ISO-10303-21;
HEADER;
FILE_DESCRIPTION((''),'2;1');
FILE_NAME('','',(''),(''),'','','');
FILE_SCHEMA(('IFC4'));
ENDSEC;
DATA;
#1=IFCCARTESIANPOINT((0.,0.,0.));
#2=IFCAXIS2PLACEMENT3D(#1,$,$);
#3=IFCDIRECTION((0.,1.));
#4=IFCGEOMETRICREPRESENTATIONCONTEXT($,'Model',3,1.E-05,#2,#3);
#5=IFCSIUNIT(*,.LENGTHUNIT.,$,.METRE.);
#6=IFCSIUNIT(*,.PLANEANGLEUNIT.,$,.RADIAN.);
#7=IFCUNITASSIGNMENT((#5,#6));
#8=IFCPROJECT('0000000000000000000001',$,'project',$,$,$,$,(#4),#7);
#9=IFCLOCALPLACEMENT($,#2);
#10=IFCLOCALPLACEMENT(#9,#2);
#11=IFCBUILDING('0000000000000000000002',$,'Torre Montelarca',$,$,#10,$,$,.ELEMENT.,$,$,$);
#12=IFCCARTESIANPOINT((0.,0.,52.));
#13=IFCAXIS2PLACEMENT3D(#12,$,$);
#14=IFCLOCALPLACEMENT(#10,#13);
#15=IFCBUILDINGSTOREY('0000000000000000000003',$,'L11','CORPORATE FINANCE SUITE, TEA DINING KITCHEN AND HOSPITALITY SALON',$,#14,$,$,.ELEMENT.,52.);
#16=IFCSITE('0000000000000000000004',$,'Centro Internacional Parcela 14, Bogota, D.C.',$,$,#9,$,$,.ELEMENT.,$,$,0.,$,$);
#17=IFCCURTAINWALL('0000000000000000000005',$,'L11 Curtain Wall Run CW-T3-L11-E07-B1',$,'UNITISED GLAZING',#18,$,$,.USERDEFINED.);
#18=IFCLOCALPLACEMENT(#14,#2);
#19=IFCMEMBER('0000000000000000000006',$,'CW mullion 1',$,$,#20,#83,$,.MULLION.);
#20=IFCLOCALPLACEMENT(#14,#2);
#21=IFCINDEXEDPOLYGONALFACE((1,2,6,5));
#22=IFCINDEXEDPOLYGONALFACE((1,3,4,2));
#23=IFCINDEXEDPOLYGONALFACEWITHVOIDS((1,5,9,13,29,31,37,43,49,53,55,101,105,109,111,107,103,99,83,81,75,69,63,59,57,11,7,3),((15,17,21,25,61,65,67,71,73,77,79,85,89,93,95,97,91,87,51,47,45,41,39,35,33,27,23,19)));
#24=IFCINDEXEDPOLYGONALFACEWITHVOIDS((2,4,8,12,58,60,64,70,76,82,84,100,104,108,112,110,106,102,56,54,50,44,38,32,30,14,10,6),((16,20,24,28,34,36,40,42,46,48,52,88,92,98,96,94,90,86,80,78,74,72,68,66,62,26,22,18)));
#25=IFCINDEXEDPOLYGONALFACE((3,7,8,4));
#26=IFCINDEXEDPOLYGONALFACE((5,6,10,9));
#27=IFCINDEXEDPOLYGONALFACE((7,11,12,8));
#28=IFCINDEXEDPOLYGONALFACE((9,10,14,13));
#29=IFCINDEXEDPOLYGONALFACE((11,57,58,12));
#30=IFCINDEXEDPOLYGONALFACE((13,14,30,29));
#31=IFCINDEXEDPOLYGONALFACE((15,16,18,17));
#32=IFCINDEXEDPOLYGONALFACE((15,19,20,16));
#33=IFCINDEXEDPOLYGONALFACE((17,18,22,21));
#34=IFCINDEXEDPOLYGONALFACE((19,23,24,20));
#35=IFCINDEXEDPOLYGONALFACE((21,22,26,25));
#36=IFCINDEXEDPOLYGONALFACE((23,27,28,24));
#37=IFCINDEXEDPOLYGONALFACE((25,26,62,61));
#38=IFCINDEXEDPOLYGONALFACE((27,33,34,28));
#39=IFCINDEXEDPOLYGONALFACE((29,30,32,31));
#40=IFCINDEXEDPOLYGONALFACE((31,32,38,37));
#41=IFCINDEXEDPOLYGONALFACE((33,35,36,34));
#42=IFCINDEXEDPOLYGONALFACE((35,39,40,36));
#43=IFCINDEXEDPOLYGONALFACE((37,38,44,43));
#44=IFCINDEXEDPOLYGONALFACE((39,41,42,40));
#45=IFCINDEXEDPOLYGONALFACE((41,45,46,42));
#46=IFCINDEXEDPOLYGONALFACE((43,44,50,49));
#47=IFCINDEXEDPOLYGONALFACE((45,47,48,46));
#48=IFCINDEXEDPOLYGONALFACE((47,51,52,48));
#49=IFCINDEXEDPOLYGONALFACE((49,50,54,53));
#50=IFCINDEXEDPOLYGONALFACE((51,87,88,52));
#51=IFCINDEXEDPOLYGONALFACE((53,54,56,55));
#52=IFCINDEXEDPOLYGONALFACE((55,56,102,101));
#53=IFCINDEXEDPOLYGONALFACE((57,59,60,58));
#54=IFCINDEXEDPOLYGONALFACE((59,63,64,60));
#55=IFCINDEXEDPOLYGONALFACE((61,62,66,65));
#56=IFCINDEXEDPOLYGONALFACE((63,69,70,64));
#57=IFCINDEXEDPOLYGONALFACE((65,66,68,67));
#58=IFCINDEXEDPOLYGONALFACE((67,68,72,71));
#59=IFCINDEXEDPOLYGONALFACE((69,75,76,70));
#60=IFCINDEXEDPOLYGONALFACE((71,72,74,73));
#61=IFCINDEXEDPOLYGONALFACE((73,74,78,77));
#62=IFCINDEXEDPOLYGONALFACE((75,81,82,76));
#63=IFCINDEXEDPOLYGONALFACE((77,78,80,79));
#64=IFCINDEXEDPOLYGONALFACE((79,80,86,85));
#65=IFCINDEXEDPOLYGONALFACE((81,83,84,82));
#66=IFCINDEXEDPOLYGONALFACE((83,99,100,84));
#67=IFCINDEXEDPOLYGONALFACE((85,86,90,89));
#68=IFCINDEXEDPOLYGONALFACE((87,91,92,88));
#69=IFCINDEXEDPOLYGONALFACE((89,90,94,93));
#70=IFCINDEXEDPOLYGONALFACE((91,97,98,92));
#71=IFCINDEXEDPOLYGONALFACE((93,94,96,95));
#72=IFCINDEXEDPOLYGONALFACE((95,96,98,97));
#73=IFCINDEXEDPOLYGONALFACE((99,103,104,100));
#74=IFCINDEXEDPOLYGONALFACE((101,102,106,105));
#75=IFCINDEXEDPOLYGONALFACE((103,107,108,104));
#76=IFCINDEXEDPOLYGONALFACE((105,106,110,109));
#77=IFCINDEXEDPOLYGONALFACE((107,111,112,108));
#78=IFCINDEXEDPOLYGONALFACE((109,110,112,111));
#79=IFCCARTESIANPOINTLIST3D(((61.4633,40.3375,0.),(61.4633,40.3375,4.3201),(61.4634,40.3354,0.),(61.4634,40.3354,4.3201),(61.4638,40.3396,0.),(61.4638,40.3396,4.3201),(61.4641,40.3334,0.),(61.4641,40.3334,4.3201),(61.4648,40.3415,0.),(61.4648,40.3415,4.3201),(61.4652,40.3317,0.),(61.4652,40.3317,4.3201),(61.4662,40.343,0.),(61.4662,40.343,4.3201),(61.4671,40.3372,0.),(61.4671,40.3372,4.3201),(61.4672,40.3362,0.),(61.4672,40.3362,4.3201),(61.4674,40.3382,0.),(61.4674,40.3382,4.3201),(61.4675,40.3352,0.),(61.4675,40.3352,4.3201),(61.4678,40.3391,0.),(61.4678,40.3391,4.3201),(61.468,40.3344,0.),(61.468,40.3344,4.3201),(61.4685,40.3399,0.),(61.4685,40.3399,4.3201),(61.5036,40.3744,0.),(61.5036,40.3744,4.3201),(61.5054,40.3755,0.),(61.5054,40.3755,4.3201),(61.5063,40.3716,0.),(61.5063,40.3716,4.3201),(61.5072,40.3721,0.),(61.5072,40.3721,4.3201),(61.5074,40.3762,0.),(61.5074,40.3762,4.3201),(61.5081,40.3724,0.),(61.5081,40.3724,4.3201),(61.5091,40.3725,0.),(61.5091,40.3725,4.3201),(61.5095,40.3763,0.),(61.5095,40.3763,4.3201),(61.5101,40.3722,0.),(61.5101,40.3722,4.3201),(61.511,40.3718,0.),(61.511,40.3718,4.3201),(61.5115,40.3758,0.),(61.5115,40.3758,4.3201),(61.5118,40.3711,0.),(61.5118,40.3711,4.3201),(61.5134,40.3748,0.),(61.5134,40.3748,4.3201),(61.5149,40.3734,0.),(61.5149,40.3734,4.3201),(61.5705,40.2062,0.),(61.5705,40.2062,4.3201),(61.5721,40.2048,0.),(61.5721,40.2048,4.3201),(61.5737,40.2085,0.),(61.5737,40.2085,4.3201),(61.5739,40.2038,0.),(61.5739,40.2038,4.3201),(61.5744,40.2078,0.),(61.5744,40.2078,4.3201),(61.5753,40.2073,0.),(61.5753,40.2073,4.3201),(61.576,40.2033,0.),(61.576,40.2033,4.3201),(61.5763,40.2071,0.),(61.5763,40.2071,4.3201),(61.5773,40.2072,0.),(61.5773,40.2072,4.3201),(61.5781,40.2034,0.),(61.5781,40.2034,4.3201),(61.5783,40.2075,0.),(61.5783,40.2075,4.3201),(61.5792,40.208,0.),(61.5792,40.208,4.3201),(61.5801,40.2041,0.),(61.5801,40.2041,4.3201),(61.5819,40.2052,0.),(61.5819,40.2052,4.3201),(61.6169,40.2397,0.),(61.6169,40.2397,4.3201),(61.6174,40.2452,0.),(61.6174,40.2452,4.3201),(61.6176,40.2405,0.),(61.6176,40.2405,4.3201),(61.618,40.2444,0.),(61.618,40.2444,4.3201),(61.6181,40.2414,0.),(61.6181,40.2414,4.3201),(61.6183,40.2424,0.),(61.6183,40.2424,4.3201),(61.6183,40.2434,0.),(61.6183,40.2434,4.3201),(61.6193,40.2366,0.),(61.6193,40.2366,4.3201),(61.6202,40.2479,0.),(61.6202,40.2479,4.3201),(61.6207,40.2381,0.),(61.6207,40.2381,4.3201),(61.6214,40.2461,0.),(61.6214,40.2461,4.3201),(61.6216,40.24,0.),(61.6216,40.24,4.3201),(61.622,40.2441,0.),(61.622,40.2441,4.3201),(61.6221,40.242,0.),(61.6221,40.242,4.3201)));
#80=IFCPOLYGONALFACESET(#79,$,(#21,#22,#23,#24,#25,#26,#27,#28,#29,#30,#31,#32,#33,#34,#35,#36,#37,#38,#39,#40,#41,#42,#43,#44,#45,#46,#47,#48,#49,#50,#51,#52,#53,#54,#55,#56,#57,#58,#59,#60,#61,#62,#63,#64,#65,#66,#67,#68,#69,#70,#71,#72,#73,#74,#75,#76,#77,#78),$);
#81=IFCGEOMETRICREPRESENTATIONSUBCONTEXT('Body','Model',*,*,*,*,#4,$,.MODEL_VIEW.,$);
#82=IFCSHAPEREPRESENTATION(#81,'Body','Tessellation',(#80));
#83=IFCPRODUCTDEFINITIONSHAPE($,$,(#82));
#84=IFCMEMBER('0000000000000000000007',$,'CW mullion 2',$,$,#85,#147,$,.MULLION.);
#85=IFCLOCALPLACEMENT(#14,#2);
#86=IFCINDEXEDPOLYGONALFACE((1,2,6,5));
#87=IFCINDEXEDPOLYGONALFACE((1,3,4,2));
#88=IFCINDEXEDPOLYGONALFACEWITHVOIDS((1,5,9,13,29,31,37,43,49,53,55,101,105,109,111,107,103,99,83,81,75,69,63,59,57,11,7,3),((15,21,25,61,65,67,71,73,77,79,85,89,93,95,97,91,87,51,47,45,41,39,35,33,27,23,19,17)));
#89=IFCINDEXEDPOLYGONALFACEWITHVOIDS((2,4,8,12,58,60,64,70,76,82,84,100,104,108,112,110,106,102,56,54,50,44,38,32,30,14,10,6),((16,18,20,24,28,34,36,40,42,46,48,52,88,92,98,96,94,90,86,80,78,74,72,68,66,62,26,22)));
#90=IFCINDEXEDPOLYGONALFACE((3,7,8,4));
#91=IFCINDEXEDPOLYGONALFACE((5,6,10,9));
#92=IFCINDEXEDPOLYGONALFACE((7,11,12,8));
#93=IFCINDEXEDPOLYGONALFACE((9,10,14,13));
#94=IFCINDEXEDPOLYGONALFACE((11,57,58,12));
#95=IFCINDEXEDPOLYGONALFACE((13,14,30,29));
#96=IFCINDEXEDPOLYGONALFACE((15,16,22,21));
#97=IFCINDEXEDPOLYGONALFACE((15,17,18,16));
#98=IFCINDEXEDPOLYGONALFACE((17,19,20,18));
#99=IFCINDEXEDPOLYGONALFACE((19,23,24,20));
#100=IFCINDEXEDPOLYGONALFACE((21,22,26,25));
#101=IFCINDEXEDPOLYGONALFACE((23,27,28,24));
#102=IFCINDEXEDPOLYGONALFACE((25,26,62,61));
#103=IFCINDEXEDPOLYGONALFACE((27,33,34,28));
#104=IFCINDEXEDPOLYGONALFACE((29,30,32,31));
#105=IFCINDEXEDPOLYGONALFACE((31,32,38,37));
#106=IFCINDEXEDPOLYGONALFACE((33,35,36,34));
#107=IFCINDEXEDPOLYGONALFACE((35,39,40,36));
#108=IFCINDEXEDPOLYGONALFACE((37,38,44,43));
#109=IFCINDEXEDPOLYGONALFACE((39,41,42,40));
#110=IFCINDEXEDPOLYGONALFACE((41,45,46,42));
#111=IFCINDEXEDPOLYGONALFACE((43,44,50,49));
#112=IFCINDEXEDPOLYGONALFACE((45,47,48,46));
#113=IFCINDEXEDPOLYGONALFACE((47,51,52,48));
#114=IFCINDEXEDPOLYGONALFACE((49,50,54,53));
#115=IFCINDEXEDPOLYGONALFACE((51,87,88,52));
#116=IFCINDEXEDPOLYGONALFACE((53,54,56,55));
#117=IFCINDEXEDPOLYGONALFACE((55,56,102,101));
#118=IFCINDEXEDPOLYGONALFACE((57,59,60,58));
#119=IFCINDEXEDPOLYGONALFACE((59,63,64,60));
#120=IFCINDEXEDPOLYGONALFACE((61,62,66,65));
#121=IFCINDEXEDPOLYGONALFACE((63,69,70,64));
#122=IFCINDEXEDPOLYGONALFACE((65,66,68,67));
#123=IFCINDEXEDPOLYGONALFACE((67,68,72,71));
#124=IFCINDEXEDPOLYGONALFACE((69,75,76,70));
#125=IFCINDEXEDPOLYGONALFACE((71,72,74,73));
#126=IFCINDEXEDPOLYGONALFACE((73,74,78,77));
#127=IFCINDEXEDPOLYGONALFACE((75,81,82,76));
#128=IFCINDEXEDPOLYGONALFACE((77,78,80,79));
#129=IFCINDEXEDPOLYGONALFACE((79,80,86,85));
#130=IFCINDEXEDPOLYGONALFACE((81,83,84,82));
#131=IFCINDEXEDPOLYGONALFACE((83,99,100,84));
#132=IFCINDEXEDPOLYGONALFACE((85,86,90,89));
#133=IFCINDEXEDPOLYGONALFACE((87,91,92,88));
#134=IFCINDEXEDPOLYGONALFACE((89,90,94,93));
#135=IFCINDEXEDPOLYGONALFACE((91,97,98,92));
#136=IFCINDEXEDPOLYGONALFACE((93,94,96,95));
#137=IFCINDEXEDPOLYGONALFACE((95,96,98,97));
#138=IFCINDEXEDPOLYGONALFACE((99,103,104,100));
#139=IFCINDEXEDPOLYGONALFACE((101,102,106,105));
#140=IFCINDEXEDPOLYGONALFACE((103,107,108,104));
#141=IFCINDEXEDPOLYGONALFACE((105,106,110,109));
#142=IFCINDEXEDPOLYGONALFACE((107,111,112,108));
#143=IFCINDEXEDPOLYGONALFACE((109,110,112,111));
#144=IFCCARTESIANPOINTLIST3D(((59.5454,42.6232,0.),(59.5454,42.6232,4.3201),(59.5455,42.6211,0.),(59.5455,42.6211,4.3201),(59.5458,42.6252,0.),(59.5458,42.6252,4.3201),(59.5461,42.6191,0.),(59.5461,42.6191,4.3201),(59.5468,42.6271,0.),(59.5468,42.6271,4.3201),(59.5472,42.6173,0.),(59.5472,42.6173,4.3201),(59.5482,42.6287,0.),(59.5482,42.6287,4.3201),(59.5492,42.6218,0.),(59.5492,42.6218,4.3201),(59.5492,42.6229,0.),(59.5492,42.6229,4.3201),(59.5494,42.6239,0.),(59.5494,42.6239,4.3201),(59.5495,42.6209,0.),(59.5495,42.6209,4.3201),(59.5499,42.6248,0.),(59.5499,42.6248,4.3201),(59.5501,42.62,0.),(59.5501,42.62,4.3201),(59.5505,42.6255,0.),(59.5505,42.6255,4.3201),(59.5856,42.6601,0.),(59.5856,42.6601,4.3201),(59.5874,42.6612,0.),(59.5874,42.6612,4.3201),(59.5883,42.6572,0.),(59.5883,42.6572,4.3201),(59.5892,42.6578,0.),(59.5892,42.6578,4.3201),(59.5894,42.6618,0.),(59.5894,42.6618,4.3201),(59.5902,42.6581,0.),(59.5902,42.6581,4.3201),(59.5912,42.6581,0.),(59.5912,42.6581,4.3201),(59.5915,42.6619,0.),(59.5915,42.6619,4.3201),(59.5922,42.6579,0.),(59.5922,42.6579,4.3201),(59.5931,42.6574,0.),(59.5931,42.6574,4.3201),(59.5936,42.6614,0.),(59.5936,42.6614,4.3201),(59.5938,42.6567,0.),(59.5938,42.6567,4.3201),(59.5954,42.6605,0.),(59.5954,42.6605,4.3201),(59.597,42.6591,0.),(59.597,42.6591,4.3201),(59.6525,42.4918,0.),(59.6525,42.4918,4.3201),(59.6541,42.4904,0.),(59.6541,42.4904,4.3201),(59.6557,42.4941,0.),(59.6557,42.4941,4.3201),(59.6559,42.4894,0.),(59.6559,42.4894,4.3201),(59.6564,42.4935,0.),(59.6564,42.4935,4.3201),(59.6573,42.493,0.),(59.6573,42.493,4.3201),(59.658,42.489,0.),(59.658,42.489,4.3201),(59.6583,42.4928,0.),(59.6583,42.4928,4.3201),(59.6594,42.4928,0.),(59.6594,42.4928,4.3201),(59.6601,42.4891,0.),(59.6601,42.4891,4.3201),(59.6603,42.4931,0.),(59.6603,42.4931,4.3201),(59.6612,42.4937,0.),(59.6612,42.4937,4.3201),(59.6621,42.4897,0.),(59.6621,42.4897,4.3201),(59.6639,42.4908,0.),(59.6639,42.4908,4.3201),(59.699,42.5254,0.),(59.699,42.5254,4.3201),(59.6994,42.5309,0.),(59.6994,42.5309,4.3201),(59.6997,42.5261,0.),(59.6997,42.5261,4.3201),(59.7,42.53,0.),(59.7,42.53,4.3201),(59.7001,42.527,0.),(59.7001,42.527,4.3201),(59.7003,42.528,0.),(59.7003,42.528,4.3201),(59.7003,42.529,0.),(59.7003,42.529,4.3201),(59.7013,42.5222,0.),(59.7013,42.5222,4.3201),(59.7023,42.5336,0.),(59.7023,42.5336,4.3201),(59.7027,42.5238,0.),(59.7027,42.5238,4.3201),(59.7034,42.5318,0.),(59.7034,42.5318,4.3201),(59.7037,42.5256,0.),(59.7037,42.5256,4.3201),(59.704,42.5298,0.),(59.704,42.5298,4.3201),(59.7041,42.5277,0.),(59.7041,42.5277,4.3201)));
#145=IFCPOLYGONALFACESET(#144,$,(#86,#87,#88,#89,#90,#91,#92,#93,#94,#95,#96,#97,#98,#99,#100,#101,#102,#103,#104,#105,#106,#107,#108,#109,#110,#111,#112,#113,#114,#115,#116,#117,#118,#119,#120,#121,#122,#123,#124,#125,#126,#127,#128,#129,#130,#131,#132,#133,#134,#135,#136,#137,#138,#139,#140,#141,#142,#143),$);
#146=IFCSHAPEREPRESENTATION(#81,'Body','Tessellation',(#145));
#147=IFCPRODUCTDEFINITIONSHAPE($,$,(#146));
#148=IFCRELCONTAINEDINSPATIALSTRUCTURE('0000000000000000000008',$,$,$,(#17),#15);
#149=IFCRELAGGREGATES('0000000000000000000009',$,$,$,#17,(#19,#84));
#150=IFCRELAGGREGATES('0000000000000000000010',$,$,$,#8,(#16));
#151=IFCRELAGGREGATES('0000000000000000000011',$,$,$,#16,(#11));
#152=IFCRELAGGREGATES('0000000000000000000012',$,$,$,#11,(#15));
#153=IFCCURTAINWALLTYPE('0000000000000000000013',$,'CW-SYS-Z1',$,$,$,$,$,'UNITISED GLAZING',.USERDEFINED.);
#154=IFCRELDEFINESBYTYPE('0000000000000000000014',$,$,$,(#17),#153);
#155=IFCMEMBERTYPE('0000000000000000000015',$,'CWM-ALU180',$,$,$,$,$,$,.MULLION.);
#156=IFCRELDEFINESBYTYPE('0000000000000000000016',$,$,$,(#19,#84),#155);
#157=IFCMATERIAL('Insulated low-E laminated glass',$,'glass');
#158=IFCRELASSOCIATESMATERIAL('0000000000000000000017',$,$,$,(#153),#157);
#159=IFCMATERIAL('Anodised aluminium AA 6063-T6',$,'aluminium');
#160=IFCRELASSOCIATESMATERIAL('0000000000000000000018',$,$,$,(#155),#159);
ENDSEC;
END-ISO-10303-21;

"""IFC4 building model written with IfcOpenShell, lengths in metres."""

from ifc_helpers import new_model, si_unit, direction, frame, origin, origin_2d, place, context, subcontext, project, spatial, hollow_rectangle, extrude, source, transform, mapped, material, material_profile, profile_set, type_object, element, aggregate, save


model = new_model("IFC4")

# Units and contexts
model_context = context("Model", 3, precision=1e-05, world=origin(), true_north=direction((0.0, 1.0)))
body_context = subcontext(model_context, "Body", "Model", "MODEL_VIEW")
ifc_project = project(units=[si_unit("LENGTHUNIT", "METRE"), si_unit("PLANEANGLEUNIT", "RADIAN")], contexts=[model_context])

# Site, building, storey
site_placement = place(None, origin())
site = spatial("IfcSite", under=ifc_project, at=site_placement, Name="Centro Internacional Parcela 14, Bogota, D.C.", CompositionType="ELEMENT", RefElevation=0.0)
building_placement = place(site_placement, origin())
building = spatial("IfcBuilding", under=site, at=building_placement, Name="Torre Montelarca", CompositionType="ELEMENT")
storey_placement = place(building_placement, frame((0.0, 0.0, 52.0)))
storey = spatial("IfcBuildingStorey", under=building, at=storey_placement, Name="L11", Description="CORPORATE FINANCE SUITE, TEA DINING KITCHEN AND HOSPITALITY SALON", CompositionType="ELEMENT", Elevation=52.0)

# Curtain wall, members
ifc_material_1 = material(Name="Insulated low-E laminated glass", Category="glass")
curtain_wall_type = type_object("IfcCurtainWallType", Name="CW-SYS-Z1", ElementType="UNITISED GLAZING", PredefinedType="USERDEFINED", material=ifc_material_1)
ifc_material_2 = material(Name="Anodised aluminium AA 6063-T6", Category="aluminium")
ifc_material_profile_1 = material_profile(ifc_material_2, hollow_rectangle(XDim=0.0649, YDim=0.1799, WallThickness=0.0039, InnerFilletRadius=0.0039, OuterFilletRadius=0.0081, at=origin_2d()), Name="ALU65X180X4", Category="aluminium")
ifc_profile_set_1 = profile_set([ifc_material_profile_1], Name="Anodised aluminium AA 6063-T6")
member_type_1 = type_object("IfcMemberType", Name="CWM-ALU180", PredefinedType="MULLION", material=ifc_profile_set_1)
shared_shape_1 = source(origin(), body_context, "Body", "SweptSolid", [
    extrude(hollow_rectangle(XDim=0.0649, YDim=0.1799, WallThickness=0.0039, InnerFilletRadius=0.0039, OuterFilletRadius=0.0081, at=origin_2d()), origin(), (0.0, 0.0, 1.0), 4.3201),
])
curtain_wall_1_placement = place(storey_placement, origin())
curtain_wall_1 = element("IfcCurtainWall", 1, at=curtain_wall_1_placement, inside=storey, type_object=curtain_wall_type, Name="L11 Curtain Wall Run CW-T3-L11-E07-B1", ObjectType="UNITISED GLAZING", PredefinedType="USERDEFINED")
member_1_placement = place(storey_placement, frame((61.5427, 40.2898, 0.0), z_axis=(0.0, 0.0, 1.0), x_axis=(-0.766043, -0.64279, 0.0)))
member_1 = element("IfcMember", 2, at=member_1_placement, type_object=member_type_1, Name="CW mullion 1", PredefinedType="MULLION", context=body_context, shape_type="MappedRepresentation", body=[
    mapped(shared_shape_1, transform((0.0, 0.0, 0.0), scale=1.0)),
])
member_2_placement = place(storey_placement, frame((59.6248, 42.5754, 0.0), z_axis=(0.0, 0.0, 1.0), x_axis=(-0.766043, -0.64279, 0.0)))
member_2 = element("IfcMember", 3, at=member_2_placement, type_object=member_type_1, Name="CW mullion 2", PredefinedType="MULLION", context=body_context, shape_type="MappedRepresentation", body=[
    mapped(shared_shape_1, transform((0.0, 0.0, 0.0), scale=1.0)),
])

aggregate(curtain_wall_1, [member_1, member_2])

save(model, "model.ifc")
